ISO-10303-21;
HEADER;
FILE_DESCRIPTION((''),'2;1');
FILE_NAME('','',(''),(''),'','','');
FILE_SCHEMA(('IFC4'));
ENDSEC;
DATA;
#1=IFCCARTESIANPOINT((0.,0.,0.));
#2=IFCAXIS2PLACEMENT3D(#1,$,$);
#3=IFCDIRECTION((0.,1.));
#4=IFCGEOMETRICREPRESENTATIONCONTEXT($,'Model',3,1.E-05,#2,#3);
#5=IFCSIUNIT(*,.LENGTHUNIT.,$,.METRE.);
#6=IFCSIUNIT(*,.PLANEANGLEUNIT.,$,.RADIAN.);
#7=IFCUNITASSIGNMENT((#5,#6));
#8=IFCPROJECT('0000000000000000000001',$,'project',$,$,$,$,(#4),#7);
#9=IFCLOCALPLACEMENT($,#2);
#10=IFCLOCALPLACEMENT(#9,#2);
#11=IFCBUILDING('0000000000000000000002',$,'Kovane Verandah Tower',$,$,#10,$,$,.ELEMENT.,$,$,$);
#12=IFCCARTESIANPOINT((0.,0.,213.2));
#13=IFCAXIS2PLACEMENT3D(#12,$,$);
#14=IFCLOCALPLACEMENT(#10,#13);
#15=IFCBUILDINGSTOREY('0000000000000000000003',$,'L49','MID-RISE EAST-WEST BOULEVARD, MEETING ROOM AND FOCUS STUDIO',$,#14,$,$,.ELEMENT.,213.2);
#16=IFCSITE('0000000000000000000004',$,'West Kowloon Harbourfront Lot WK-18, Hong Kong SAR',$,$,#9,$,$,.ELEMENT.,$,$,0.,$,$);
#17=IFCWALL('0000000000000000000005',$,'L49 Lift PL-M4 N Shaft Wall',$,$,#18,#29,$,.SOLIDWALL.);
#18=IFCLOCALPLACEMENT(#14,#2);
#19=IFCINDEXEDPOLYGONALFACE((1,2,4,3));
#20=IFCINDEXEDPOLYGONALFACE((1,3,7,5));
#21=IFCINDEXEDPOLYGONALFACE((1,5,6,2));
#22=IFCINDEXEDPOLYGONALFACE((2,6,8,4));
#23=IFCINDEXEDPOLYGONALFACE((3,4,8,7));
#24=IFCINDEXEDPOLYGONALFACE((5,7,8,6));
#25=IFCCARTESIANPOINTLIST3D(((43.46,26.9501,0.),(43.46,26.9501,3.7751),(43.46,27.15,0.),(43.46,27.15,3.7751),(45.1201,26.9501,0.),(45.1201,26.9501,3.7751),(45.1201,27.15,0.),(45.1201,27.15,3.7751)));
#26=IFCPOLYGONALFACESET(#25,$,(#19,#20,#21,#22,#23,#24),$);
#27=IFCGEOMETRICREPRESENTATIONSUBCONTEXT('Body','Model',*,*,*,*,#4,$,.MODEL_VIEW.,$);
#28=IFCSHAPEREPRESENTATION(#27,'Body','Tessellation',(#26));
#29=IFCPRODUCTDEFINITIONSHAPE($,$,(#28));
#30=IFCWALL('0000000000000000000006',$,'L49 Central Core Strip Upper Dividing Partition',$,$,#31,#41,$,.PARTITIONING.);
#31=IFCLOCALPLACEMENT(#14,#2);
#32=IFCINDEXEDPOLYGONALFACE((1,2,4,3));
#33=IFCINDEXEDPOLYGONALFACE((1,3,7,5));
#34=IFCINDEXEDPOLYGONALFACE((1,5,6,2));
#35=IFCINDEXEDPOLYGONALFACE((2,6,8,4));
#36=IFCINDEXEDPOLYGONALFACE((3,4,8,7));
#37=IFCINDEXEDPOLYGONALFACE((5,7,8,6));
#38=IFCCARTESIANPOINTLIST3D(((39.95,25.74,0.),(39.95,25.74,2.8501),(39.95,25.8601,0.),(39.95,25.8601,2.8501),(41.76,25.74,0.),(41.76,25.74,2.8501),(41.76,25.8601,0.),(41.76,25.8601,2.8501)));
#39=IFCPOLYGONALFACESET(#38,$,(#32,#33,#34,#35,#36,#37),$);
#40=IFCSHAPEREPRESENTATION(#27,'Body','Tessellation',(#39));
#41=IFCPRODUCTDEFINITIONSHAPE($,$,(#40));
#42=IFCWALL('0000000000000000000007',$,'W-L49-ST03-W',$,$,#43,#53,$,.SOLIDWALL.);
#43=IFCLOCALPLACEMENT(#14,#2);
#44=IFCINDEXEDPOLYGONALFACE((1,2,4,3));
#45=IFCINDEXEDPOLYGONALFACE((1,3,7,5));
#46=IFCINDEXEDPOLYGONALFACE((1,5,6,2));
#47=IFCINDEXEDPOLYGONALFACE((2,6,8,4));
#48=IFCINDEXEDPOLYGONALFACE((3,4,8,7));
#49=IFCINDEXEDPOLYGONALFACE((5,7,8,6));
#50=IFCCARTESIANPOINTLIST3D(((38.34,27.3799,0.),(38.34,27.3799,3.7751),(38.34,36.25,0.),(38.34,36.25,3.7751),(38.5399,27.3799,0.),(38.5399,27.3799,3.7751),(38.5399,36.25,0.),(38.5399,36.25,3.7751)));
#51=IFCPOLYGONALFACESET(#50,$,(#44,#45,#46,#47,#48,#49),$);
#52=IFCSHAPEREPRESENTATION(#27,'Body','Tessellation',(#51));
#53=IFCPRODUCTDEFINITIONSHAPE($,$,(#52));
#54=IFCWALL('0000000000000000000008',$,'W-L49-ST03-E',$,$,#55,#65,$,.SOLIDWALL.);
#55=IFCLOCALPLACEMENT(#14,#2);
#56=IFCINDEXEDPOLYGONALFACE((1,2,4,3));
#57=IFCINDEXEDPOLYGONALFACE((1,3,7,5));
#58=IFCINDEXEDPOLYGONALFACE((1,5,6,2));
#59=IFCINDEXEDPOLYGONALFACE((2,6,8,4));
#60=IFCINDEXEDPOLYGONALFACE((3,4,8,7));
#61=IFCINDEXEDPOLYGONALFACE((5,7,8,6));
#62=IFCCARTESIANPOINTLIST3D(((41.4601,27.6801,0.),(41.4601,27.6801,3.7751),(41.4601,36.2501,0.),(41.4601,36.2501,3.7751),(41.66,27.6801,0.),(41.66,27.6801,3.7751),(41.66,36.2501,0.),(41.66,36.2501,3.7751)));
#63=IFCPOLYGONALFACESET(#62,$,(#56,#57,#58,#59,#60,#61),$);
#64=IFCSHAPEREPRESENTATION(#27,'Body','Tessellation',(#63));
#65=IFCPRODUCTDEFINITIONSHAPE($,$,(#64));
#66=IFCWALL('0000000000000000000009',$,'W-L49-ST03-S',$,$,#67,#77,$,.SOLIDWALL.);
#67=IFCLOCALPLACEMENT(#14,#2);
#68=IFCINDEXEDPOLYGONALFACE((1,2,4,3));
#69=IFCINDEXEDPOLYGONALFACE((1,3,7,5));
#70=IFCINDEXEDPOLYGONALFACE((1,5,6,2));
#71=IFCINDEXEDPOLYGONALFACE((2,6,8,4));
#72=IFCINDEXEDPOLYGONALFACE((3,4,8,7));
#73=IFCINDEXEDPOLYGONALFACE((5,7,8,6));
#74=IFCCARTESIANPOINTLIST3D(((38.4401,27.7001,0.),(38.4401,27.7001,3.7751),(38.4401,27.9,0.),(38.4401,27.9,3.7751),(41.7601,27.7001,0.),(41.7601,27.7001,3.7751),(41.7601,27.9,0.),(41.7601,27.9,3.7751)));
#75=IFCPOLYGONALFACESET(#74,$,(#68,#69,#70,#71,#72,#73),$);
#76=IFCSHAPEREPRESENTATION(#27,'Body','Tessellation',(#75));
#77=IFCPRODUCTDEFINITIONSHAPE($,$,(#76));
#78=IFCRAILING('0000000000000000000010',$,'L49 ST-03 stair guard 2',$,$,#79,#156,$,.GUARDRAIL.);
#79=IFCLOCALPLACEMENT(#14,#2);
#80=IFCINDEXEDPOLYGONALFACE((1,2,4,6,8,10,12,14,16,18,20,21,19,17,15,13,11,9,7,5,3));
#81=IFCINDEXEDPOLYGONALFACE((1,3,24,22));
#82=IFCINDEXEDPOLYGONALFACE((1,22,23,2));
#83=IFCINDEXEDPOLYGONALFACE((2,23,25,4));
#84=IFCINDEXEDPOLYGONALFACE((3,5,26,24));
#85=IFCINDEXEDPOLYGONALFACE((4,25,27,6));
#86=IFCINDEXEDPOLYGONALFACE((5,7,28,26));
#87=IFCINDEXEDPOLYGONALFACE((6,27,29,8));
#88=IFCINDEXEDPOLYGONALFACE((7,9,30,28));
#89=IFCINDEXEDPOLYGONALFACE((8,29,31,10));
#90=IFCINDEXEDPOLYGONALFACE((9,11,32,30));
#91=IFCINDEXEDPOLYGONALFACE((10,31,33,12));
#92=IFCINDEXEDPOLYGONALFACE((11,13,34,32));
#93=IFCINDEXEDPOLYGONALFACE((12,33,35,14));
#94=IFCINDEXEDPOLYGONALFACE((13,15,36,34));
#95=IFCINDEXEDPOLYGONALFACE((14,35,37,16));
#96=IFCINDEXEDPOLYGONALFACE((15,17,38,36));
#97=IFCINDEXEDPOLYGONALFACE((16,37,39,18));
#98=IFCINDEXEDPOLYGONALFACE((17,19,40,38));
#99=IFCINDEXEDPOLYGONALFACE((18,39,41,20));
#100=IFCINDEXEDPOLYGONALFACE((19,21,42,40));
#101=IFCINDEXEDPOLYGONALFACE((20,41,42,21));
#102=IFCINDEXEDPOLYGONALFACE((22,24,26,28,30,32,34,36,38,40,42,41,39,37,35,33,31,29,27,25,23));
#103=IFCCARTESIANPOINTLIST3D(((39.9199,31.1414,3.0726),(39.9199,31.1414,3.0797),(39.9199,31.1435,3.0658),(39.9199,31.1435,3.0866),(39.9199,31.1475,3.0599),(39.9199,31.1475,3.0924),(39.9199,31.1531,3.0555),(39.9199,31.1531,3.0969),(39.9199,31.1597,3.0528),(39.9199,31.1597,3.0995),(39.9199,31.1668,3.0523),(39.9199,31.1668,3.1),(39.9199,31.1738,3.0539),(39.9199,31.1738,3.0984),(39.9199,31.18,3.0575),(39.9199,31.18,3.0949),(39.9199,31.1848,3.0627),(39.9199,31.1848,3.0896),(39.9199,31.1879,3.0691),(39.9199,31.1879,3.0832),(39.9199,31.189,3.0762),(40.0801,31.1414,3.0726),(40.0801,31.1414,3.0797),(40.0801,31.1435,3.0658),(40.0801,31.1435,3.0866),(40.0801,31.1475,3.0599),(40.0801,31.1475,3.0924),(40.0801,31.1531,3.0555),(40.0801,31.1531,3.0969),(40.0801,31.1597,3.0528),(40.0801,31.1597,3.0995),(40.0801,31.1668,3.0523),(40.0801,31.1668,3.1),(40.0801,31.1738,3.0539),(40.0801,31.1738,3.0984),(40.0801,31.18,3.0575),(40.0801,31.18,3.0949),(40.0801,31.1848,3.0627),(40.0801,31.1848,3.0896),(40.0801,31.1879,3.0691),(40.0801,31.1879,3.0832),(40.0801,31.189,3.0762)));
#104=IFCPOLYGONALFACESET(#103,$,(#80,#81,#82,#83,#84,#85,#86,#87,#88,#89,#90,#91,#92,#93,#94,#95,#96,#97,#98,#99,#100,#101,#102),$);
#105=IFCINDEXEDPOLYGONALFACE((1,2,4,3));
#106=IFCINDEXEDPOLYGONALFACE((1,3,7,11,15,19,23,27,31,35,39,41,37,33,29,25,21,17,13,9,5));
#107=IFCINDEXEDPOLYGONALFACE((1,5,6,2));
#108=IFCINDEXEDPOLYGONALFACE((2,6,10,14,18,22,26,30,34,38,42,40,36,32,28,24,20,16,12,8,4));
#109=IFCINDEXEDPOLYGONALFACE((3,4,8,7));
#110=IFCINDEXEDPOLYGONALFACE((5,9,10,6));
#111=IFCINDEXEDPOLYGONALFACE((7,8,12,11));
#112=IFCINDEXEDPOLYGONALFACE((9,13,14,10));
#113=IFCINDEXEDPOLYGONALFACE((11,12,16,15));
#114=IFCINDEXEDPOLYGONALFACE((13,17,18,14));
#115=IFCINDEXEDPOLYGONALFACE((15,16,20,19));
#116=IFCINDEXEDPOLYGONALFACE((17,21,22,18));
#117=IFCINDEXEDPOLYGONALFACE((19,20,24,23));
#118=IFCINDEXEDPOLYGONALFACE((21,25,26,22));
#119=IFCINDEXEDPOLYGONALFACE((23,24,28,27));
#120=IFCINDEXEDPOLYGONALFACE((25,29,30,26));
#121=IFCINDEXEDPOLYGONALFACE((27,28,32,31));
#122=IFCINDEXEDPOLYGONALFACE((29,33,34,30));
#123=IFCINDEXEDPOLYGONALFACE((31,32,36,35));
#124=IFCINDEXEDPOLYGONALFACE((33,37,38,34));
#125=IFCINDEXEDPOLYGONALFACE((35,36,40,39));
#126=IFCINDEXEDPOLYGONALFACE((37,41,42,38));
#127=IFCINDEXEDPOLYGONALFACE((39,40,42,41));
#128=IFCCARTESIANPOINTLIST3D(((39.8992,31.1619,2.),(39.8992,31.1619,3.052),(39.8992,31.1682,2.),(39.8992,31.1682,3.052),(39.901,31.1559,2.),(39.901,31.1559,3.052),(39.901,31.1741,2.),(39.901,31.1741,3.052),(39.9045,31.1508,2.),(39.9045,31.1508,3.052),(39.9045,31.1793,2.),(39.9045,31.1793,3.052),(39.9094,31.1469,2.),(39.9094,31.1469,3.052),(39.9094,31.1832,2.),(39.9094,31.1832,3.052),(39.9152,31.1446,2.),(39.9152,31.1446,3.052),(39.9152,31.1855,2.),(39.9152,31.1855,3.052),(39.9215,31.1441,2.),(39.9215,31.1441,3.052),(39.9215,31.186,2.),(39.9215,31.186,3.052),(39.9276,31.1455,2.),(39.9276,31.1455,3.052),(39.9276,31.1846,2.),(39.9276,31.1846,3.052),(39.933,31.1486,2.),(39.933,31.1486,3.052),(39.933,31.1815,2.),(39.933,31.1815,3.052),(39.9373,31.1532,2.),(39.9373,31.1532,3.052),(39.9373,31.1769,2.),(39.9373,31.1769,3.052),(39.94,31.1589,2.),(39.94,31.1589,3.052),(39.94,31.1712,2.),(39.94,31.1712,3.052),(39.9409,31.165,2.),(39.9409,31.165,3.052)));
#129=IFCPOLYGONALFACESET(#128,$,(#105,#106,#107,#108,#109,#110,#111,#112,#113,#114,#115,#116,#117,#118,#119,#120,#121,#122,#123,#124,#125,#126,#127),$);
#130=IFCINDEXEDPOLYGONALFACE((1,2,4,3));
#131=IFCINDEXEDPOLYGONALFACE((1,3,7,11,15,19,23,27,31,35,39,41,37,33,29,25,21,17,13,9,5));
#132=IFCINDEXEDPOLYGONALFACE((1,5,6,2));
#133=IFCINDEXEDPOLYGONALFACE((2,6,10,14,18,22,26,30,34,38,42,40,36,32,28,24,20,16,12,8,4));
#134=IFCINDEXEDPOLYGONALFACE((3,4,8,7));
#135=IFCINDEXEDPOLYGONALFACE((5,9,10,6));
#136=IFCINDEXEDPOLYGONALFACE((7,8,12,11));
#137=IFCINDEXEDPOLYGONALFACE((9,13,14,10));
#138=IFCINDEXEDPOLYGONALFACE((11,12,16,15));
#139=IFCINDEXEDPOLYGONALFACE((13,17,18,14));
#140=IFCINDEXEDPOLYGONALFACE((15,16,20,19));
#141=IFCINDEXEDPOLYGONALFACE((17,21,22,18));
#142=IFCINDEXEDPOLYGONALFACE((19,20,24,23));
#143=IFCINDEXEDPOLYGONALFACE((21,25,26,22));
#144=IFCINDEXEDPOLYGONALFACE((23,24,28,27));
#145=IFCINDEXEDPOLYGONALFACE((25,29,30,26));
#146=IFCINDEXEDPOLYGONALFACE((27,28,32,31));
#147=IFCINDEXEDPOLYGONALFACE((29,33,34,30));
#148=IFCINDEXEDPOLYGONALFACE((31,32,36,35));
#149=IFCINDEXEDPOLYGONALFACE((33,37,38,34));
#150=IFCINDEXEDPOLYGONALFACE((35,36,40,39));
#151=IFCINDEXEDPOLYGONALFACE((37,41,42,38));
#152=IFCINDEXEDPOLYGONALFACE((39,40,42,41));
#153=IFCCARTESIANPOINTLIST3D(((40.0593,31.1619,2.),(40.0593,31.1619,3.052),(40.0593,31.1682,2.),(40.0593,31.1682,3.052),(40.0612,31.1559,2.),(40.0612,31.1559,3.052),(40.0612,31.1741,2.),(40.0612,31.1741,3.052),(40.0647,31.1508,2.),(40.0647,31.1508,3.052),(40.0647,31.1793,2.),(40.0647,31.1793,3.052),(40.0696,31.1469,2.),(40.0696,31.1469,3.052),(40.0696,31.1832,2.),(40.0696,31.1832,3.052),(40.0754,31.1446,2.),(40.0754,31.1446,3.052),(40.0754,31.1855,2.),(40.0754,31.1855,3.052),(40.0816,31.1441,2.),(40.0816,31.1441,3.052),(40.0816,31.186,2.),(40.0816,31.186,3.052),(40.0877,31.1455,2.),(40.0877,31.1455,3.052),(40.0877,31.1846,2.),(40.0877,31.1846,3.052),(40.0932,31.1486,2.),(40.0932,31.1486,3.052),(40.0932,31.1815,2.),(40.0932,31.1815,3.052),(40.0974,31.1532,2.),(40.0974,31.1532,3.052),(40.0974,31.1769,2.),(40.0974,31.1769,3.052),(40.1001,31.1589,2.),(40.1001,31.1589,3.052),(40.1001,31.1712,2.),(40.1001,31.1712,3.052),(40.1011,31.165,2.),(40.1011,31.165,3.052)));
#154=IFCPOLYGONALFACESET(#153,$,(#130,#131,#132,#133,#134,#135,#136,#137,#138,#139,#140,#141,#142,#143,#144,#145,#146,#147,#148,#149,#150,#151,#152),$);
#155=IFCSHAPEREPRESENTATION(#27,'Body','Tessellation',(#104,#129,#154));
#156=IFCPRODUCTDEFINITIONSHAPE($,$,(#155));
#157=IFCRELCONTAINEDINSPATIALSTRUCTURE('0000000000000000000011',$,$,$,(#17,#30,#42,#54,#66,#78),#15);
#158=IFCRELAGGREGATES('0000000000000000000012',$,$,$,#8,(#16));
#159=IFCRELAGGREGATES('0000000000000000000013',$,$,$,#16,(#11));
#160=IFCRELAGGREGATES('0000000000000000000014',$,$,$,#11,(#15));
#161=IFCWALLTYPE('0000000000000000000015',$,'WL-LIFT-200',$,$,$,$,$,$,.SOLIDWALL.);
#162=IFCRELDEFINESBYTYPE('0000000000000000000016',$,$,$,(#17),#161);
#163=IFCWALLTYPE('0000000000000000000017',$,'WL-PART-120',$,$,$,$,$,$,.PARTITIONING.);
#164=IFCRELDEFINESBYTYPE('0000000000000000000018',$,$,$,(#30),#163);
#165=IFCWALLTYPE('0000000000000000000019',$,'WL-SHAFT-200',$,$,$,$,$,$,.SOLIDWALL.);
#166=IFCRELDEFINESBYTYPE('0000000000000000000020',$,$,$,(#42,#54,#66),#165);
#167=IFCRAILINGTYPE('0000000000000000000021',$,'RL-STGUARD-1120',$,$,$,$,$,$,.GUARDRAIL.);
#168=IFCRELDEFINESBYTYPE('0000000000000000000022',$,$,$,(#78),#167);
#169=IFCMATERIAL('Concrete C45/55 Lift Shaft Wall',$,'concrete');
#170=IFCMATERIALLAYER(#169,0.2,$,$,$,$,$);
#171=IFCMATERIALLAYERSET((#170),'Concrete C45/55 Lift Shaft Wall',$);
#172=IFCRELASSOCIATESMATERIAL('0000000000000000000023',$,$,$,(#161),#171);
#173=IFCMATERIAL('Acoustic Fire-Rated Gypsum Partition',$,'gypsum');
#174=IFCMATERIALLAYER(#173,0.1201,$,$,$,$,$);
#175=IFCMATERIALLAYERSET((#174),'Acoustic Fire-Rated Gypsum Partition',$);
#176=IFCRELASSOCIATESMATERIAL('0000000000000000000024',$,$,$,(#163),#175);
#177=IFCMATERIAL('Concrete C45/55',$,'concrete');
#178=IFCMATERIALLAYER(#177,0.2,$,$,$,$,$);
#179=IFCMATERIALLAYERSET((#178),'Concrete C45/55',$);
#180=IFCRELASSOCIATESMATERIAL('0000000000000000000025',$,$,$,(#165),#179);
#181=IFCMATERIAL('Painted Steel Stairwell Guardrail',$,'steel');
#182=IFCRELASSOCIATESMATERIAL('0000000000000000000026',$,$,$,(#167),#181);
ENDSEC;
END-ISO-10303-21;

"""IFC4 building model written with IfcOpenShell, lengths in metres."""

from ifc_helpers import new_model, si_unit, direction, frame, frame_2d, origin, origin_2d, place, context, subcontext, project, spatial, rectangle, circle, extrude, material, layer, layer_set, type_object, element, save


model = new_model("IFC4")

# Units and contexts
model_context = context("Model", 3, precision=1e-05, world=origin(), true_north=direction((0.0, 1.0)))
body_context = subcontext(model_context, "Body", "Model", "MODEL_VIEW")
ifc_project = project(units=[si_unit("LENGTHUNIT", "METRE"), si_unit("PLANEANGLEUNIT", "RADIAN")], contexts=[model_context])

# Site, building, storey
site_placement = place(None, origin())
site = spatial("IfcSite", under=ifc_project, at=site_placement, Name="West Kowloon Harbourfront Lot WK-18, Hong Kong SAR", CompositionType="ELEMENT", RefElevation=0.0)
building_placement = place(site_placement, origin())
building = spatial("IfcBuilding", under=site, at=building_placement, Name="Kovane Verandah Tower", CompositionType="ELEMENT")
storey_placement = place(building_placement, frame((0.0, 0.0, 213.2)))
storey = spatial("IfcBuildingStorey", under=building, at=storey_placement, Name="L49", Description="MID-RISE EAST-WEST BOULEVARD, MEETING ROOM AND FOCUS STUDIO", CompositionType="ELEMENT", Elevation=213.2)

# Shared definitions
ifc_material_1 = material(Name="Concrete C45/55 Lift Shaft Wall", Category="concrete")
ifc_layer_1 = layer(ifc_material_1, 0.2)
ifc_layer_set_1 = layer_set([ifc_layer_1], Name="Concrete C45/55 Lift Shaft Wall")
wall_type_1 = type_object("IfcWallType", Name="WL-LIFT-200", PredefinedType="SOLIDWALL", material=ifc_layer_set_1)

# Walls
wall_1_placement = place(storey_placement, frame((45.1201, 27.05, 0.0), z_axis=(0.0, 0.0, 1.0), x_axis=(-1.0, 0.0, 0.0)))
element("IfcWall", 1, at=wall_1_placement, inside=storey, type_object=wall_type_1, Name="L49 Lift PL-M4 N Shaft Wall", PredefinedType="SOLIDWALL", context=body_context, shape_type="SweptSolid", body=[
    extrude(rectangle(XDim=1.6602, YDim=0.2, at=frame_2d((0.8301, 0.0))), origin(), (0.0, 0.0, 1.0), 3.7751),
])
ifc_material_2 = material(Name="Acoustic Fire-Rated Gypsum Partition", Category="gypsum")
ifc_layer_2 = layer(ifc_material_2, 0.1201)
ifc_layer_set_2 = layer_set([ifc_layer_2], Name="Acoustic Fire-Rated Gypsum Partition")
wall_type_2 = type_object("IfcWallType", Name="WL-PART-120", PredefinedType="PARTITIONING", material=ifc_layer_set_2)
wall_2_placement = place(storey_placement, frame((39.95, 25.8, 0.0), z_axis=(0.0, 0.0, 1.0), x_axis=(1.0, 0.0, 0.0)))
element("IfcWall", 2, at=wall_2_placement, inside=storey, type_object=wall_type_2, Name="L49 Central Core Strip Upper Dividing Partition", PredefinedType="PARTITIONING", context=body_context, shape_type="SweptSolid", body=[
    extrude(rectangle(XDim=1.8101, YDim=0.1201, at=frame_2d((0.905, 0.0))), origin(), (0.0, 0.0, 1.0), 2.8501),
])
ifc_material_3 = material(Name="Concrete C45/55", Category="concrete")
ifc_layer_3 = layer(ifc_material_3, 0.2)
ifc_layer_set_3 = layer_set([ifc_layer_3], Name="Concrete C45/55")
wall_type_3 = type_object("IfcWallType", Name="WL-SHAFT-200", PredefinedType="SOLIDWALL", material=ifc_layer_set_3)
wall_3_placement = place(storey_placement, frame((38.4399, 27.3799, 0.0), z_axis=(0.0, 0.0, 1.0), x_axis=(0.0, 1.0, 0.0)))
element("IfcWall", 3, at=wall_3_placement, inside=storey, type_object=wall_type_3, Name="W-L49-ST03-W", PredefinedType="SOLIDWALL", context=body_context, shape_type="SweptSolid", body=[
    extrude(rectangle(XDim=8.8701, YDim=0.2, at=frame_2d((4.4351, 0.0))), origin(), (0.0, 0.0, 1.0), 3.7751),
])
wall_4_placement = place(storey_placement, frame((41.5601, 27.6799, 0.0), z_axis=(0.0, 0.0, 1.0), x_axis=(0.0, 1.0, 0.0)))
element("IfcWall", 4, at=wall_4_placement, inside=storey, type_object=wall_type_3, Name="W-L49-ST03-E", PredefinedType="SOLIDWALL", context=body_context, shape_type="SweptSolid", body=[
    extrude(rectangle(XDim=8.5701, YDim=0.2, at=frame_2d((4.2852, 0.0))), origin(), (0.0, 0.0, 1.0), 3.7751),
])
wall_5_placement = place(storey_placement, frame((38.4399, 27.8, 0.0), z_axis=(0.0, 0.0, 1.0), x_axis=(1.0, 0.0, 0.0)))
element("IfcWall", 5, at=wall_5_placement, inside=storey, type_object=wall_type_3, Name="W-L49-ST03-S", PredefinedType="SOLIDWALL", context=body_context, shape_type="SweptSolid", body=[
    extrude(rectangle(XDim=3.3201, YDim=0.2, at=frame_2d((1.6602, 0.0))), origin(), (0.0, 0.0, 1.0), 3.7751),
])

# Railing
ifc_material_4 = material(Name="Painted Steel Stairwell Guardrail", Category="steel")
railing_type = type_object("IfcRailingType", Name="RL-STGUARD-1120", PredefinedType="GUARDRAIL", material=ifc_material_4)
railing_1_placement = place(storey_placement, frame((39.9199, 31.165, 2.0)))
element("IfcRailing", 6, at=railing_1_placement, inside=storey, type_object=railing_type, Name="L49 ST-03 stair guard 2", PredefinedType="GUARDRAIL", context=body_context, shape_type="SweptSolid", body=[
    extrude(circle(Radius=0.0239, at=origin_2d()), frame((0.0, 0.0, 1.0762), z_axis=(1.0, 0.0, 0.0), x_axis=(0.0, 1.0, 0.0)), (0.0, 0.0, 1.0), 0.1602),
    extrude(circle(Radius=0.021, at=origin_2d()), origin(), (0.0, 0.0, 1.0), 1.052),
    extrude(circle(Radius=0.021, at=origin_2d()), frame((0.1602, 0.0, 0.0)), (0.0, 0.0, 1.0), 1.052),
])

save(model, "model.ifc")
